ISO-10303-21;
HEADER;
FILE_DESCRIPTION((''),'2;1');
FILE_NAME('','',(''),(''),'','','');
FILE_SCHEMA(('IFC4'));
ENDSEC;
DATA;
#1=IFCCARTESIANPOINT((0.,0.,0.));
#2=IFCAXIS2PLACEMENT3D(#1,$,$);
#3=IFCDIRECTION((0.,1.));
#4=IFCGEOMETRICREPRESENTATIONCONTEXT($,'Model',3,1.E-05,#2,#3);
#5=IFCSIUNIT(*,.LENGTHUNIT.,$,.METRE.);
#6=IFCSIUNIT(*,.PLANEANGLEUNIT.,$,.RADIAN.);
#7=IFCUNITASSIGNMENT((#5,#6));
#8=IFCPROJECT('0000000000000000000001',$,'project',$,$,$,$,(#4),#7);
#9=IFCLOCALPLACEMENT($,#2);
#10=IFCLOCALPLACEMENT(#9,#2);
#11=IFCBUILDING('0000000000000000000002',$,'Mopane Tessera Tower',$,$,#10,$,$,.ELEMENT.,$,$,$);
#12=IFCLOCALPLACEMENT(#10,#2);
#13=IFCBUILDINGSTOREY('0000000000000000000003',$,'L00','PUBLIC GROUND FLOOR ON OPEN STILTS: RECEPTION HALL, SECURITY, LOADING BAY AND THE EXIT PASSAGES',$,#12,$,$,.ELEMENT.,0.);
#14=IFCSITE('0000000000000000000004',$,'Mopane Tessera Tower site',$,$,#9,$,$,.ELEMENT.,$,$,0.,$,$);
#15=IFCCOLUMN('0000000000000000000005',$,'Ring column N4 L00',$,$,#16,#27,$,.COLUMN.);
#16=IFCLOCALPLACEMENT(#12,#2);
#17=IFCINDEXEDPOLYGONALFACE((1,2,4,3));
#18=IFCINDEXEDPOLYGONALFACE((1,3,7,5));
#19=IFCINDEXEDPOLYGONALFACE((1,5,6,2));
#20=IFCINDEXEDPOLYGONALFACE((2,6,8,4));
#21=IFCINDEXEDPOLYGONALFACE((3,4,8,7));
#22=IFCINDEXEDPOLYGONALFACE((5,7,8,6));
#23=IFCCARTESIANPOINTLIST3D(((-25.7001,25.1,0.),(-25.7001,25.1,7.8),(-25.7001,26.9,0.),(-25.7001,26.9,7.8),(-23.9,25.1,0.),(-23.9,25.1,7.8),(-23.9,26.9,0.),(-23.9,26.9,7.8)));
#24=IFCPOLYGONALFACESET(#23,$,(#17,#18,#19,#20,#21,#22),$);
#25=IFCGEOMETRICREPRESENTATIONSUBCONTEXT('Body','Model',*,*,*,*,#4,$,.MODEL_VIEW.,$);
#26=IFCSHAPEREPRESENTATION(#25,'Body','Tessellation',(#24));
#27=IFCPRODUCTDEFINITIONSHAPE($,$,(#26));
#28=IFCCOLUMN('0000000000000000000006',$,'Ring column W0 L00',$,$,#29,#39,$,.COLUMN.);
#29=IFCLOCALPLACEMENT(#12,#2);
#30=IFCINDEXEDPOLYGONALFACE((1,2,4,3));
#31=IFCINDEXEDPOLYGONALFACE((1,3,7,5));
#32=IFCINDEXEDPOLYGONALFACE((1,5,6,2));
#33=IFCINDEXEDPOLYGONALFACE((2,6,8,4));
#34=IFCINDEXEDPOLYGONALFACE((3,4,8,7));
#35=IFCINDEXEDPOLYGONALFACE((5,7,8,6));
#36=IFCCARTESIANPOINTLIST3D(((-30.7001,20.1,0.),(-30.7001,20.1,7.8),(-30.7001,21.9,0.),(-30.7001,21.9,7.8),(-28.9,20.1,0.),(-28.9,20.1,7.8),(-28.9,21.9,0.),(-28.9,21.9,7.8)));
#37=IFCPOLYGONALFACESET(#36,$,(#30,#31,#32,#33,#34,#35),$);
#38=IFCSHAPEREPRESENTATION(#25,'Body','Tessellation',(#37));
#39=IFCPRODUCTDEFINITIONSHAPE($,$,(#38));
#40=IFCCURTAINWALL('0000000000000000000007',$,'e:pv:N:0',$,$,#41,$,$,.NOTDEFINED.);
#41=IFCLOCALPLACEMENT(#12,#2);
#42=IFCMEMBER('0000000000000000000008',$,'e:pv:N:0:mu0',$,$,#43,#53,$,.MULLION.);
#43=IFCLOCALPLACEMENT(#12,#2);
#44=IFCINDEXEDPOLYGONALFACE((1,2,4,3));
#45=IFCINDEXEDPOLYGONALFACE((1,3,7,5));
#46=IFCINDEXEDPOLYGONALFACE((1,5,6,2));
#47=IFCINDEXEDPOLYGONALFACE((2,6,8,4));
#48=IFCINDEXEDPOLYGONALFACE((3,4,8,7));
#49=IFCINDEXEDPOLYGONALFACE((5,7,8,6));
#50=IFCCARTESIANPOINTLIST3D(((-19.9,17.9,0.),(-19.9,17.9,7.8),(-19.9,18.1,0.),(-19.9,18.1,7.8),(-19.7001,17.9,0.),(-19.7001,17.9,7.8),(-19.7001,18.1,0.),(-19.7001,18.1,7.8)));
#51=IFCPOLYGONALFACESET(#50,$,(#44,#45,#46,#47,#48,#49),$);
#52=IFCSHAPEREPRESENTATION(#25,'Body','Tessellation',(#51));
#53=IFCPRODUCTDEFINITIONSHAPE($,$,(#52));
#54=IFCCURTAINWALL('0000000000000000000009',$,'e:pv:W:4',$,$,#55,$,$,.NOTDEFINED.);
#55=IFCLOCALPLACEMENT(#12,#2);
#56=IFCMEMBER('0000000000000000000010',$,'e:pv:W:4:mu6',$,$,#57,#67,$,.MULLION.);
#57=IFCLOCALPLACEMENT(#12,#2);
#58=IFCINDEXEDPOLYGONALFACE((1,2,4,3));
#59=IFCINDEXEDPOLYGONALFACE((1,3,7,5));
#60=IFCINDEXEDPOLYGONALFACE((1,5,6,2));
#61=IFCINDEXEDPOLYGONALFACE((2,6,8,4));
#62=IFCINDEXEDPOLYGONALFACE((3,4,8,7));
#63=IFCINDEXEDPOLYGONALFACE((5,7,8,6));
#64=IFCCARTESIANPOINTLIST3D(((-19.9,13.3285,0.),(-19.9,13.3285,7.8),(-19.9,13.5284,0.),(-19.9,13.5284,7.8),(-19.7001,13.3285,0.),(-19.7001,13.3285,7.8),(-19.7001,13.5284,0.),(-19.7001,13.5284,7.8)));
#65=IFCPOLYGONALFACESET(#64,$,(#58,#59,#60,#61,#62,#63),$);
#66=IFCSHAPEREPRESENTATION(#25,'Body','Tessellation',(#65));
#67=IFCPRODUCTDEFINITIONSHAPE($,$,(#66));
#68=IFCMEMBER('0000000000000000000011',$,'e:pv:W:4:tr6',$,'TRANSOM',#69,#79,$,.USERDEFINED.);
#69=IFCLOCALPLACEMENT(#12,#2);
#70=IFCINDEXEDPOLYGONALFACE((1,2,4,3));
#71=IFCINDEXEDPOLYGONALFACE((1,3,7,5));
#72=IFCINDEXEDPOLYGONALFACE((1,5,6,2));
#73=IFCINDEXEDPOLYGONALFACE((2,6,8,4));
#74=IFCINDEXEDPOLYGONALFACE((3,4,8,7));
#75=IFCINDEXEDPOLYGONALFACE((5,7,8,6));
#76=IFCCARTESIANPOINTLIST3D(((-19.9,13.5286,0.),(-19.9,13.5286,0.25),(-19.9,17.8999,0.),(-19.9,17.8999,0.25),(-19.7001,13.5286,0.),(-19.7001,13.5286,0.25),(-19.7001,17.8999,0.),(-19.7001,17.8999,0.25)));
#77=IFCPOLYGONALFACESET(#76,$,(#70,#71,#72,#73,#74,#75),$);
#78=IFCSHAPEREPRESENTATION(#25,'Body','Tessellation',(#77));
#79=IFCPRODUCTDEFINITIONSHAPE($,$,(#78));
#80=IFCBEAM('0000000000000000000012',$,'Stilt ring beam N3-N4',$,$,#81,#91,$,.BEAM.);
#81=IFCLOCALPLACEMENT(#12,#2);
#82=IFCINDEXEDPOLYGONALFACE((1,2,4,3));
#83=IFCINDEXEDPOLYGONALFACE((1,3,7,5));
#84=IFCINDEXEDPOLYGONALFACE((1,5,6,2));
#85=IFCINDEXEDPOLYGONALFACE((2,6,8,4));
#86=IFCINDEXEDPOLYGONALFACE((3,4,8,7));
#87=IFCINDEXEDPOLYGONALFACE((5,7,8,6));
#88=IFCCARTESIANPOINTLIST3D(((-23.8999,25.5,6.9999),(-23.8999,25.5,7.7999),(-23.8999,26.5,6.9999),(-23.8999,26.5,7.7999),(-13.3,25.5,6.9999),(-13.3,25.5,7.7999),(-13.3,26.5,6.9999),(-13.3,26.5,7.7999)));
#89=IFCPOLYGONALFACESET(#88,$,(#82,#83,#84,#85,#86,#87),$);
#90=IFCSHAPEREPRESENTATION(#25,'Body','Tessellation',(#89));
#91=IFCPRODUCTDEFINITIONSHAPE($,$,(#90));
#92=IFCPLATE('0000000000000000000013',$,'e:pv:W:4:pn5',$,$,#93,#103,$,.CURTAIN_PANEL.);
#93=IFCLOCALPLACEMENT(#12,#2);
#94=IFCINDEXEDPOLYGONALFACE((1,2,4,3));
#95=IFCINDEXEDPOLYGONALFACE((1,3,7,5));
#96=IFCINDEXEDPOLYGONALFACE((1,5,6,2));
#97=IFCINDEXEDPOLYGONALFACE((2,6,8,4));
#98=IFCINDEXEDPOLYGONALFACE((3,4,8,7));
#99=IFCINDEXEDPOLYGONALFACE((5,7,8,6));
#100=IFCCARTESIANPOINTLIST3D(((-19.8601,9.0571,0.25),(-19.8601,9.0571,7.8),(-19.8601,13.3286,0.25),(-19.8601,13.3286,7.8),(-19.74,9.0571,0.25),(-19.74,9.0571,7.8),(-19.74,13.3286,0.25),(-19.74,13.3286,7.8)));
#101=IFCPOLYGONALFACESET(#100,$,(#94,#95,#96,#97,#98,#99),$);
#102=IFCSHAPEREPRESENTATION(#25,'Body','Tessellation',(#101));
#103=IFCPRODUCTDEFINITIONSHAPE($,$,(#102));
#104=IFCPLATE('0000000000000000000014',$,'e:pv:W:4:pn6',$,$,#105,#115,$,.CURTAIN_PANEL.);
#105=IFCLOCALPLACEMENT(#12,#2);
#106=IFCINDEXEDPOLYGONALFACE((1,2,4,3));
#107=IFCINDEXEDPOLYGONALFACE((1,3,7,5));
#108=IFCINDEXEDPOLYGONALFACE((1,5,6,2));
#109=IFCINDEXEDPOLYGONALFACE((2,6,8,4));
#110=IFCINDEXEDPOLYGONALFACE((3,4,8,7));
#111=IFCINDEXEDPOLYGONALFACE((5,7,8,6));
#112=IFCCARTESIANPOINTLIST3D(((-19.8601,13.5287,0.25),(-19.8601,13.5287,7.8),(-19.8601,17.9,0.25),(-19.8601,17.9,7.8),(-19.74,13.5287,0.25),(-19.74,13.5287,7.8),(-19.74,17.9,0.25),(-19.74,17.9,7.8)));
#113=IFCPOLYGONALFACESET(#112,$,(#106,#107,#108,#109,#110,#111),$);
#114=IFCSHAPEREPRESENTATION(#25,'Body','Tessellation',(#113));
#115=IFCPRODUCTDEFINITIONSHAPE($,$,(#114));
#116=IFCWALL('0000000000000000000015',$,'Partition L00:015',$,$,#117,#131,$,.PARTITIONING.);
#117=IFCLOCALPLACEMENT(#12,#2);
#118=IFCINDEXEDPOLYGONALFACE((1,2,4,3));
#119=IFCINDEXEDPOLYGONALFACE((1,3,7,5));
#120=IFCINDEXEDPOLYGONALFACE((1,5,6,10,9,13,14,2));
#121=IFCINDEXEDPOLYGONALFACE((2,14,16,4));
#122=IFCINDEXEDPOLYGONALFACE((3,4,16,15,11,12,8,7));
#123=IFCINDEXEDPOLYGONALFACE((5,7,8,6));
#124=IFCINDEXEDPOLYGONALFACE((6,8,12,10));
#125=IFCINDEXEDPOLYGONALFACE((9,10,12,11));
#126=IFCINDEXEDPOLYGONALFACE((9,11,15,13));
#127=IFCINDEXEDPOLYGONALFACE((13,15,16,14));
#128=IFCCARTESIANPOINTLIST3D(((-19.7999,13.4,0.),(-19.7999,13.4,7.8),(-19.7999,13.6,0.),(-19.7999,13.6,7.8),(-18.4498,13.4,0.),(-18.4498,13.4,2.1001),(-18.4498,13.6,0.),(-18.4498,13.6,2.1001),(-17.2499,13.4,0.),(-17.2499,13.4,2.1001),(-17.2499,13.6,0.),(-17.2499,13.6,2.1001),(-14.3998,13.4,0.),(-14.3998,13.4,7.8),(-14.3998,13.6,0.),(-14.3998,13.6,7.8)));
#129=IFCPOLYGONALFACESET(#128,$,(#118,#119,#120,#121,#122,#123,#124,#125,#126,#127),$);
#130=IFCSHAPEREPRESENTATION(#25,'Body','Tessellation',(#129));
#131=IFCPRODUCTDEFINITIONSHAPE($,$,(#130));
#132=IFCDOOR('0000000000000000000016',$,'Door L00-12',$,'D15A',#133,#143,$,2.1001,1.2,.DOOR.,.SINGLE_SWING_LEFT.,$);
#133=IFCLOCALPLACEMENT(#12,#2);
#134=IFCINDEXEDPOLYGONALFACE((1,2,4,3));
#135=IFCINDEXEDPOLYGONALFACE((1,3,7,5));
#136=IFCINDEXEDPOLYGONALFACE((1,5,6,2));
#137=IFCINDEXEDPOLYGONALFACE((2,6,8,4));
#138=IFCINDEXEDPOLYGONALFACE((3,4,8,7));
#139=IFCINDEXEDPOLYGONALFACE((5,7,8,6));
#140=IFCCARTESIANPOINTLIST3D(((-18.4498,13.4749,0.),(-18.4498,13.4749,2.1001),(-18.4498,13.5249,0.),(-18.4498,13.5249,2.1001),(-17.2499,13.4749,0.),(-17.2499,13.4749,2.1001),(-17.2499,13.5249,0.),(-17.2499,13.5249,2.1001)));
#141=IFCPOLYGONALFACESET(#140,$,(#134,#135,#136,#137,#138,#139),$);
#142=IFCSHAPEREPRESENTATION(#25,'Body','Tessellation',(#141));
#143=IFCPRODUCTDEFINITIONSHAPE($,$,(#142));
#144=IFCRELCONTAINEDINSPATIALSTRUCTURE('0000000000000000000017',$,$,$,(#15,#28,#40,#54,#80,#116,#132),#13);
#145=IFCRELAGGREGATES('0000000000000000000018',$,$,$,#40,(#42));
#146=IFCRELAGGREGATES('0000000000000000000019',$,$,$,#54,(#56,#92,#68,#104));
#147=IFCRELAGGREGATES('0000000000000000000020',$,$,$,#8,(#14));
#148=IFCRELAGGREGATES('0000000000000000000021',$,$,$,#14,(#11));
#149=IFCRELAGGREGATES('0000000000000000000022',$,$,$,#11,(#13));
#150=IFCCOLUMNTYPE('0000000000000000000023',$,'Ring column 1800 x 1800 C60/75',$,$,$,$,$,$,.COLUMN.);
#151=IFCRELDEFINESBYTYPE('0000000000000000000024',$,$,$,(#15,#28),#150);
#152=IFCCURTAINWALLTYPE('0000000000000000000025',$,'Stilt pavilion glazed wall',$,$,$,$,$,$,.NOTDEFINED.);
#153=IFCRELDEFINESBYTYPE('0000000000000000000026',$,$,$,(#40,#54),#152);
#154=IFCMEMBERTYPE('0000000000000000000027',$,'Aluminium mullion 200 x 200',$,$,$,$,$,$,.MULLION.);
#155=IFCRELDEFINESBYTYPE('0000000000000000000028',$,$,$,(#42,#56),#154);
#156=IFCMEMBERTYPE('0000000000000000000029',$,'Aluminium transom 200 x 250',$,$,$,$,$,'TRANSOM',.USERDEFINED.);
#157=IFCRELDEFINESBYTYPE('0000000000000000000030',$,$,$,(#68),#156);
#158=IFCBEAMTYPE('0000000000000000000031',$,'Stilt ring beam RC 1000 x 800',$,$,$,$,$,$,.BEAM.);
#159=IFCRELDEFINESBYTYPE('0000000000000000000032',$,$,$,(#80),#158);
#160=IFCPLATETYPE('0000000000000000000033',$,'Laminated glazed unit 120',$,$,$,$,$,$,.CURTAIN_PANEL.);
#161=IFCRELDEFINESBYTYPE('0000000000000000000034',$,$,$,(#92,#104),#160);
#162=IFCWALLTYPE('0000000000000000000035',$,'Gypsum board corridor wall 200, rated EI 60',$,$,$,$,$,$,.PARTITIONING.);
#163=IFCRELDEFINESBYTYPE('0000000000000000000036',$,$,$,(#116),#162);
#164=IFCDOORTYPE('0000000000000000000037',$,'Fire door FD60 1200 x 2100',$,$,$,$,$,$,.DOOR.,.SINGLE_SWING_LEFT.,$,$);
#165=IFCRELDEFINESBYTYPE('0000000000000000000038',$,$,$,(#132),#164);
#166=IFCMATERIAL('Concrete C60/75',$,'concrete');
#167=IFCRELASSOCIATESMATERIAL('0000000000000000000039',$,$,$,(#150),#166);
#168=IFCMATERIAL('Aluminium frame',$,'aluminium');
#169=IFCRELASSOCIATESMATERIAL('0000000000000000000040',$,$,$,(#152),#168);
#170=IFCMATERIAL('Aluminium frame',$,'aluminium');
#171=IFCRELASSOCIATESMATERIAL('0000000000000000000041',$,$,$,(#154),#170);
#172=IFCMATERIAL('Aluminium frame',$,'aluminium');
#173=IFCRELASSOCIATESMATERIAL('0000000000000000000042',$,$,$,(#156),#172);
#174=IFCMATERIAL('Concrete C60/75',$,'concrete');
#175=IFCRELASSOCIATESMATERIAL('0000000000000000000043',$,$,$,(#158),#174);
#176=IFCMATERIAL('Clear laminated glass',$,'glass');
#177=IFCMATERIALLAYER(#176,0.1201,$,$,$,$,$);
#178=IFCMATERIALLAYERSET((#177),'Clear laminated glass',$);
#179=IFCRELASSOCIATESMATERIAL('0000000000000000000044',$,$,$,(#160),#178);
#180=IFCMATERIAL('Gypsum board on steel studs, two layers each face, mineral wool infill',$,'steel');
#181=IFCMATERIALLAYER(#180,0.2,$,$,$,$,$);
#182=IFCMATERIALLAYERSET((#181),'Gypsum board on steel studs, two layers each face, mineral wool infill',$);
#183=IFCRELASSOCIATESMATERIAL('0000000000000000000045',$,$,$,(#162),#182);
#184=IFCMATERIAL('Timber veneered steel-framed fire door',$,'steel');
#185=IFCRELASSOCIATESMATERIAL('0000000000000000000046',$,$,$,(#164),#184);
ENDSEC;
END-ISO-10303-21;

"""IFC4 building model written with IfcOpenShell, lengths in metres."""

from ifc_helpers import new_model, si_unit, direction, frame, frame_2d, origin, origin_2d, place, context, subcontext, project, spatial, rectangle, extrude, material, layer, layer_set, material_profile, profile_set, type_object, element, fill, aggregate, save


model = new_model("IFC4")

# Units and contexts
model_context = context("Model", 3, precision=1e-05, world=origin(), true_north=direction((0.0, 1.0)))
body_context = subcontext(model_context, "Body", "Model", "MODEL_VIEW")
ifc_project = project(units=[si_unit("LENGTHUNIT", "METRE"), si_unit("PLANEANGLEUNIT", "RADIAN")], contexts=[model_context])

# Site, building, storey
site_placement = place(None, origin())
site = spatial("IfcSite", under=ifc_project, at=site_placement, Name="Mopane Tessera Tower site", CompositionType="ELEMENT", RefElevation=0.0)
building_placement = place(site_placement, origin())
building = spatial("IfcBuilding", under=site, at=building_placement, Name="Mopane Tessera Tower", CompositionType="ELEMENT")
storey_placement = place(building_placement, origin())
storey = spatial("IfcBuildingStorey", under=building, at=storey_placement, Name="L00", Description="PUBLIC GROUND FLOOR ON OPEN STILTS: RECEPTION HALL, SECURITY, LOADING BAY AND THE EXIT PASSAGES", CompositionType="ELEMENT", Elevation=0.0)

# Columns
ifc_material_1 = material(Name="Concrete C60/75", Category="concrete")
ifc_material_profile_1 = material_profile(ifc_material_1, rectangle(XDim=1.8, YDim=1.8, at=origin_2d()))
ifc_profile_set_1 = profile_set([ifc_material_profile_1], Name="Concrete C60/75")
column_type = type_object("IfcColumnType", Name="Ring column 1800 x 1800 C60/75", PredefinedType="COLUMN", material=ifc_profile_set_1)
for number, where, z_axis, x_axis, name in (
    (1, (-24.8, 26.0, 0.0), (0.0, 0.0, 1.0), (1.0, 0.0, 0.0), "Ring column N4 L00"),
    (2, (-29.8, 21.0, 0.0), (0.0, 0.0, 1.0), (1.0, 0.0, 0.0), "Ring column W0 L00"),
):
    element("IfcColumn", number, at=place(storey_placement, frame(where, z_axis=z_axis, x_axis=x_axis)), inside=storey, type_object=column_type, Name=name, PredefinedType="COLUMN", context=body_context, shape_type="SweptSolid", body=[
        extrude(rectangle(XDim=1.8, YDim=1.8, at=origin_2d()), origin(), (0.0, 0.0, 1.0), 7.8),
    ])

# Curtain wall, member
ifc_material_2 = material(Name="Aluminium frame", Category="aluminium")
curtain_wall_type = type_object("IfcCurtainWallType", Name="Stilt pavilion glazed wall", PredefinedType="NOTDEFINED", material=ifc_material_2)
curtain_wall_1_placement = place(storey_placement, origin())
curtain_wall_1 = element("IfcCurtainWall", 3, at=curtain_wall_1_placement, inside=storey, type_object=curtain_wall_type, Name="e:pv:N:0", PredefinedType="NOTDEFINED")
ifc_material_3 = material(Name="Aluminium frame", Category="aluminium")
ifc_material_profile_2 = material_profile(ifc_material_3, rectangle(XDim=0.2, YDim=0.2, at=origin_2d()))
ifc_profile_set_2 = profile_set([ifc_material_profile_2], Name="Aluminium frame")
member_type_1 = type_object("IfcMemberType", Name="Aluminium mullion 200 x 200", PredefinedType="MULLION", material=ifc_profile_set_2)
member_1_placement = place(storey_placement, frame((-19.8, 18.0, 0.0), z_axis=(0.0, 0.0, 1.0), x_axis=(1.0, 0.0, 0.0)))
member_1 = element("IfcMember", 4, at=member_1_placement, type_object=member_type_1, Name="e:pv:N:0:mu0", PredefinedType="MULLION", context=body_context, shape_type="SweptSolid", body=[
    extrude(rectangle(XDim=0.2, YDim=0.2, at=origin_2d()), origin(), (0.0, 0.0, 1.0), 7.8),
])
aggregate(curtain_wall_1, [member_1])

# Curtain wall, members
curtain_wall_2_placement = place(storey_placement, origin())
curtain_wall_2 = element("IfcCurtainWall", 5, at=curtain_wall_2_placement, inside=storey, type_object=curtain_wall_type, Name="e:pv:W:4", PredefinedType="NOTDEFINED")
member_2_placement = place(storey_placement, frame((-19.8, 13.4285, 0.0), z_axis=(0.0, 0.0, 1.0), x_axis=(0.0, 1.0, 0.0)))
member_2 = element("IfcMember", 6, at=member_2_placement, type_object=member_type_1, Name="e:pv:W:4:mu6", PredefinedType="MULLION", context=body_context, shape_type="SweptSolid", body=[
    extrude(rectangle(XDim=0.2, YDim=0.2, at=origin_2d()), origin(), (0.0, 0.0, 1.0), 7.8),
])
ifc_material_4 = material(Name="Aluminium frame", Category="aluminium")
ifc_material_profile_3 = material_profile(ifc_material_4, rectangle(XDim=0.2, YDim=0.25, at=origin_2d()))
ifc_profile_set_3 = profile_set([ifc_material_profile_3], Name="Aluminium frame")
member_type_2 = type_object("IfcMemberType", Name="Aluminium transom 200 x 250", ElementType="TRANSOM", PredefinedType="USERDEFINED", material=ifc_profile_set_3)
member_3_placement = place(storey_placement, frame((-19.8, 13.5286, 0.125), z_axis=(0.0, 1.0, 0.0), x_axis=(-1.0, 0.0, 0.0)))
member_3 = element("IfcMember", 7, at=member_3_placement, type_object=member_type_2, Name="e:pv:W:4:tr6", ObjectType="TRANSOM", PredefinedType="USERDEFINED", context=body_context, shape_type="SweptSolid", body=[
    extrude(rectangle(XDim=0.2, YDim=0.25, at=origin_2d()), origin(), (0.0, 0.0, 1.0), 4.3713),
])

# Beam
ifc_material_5 = material(Name="Concrete C60/75", Category="concrete")
ifc_material_profile_4 = material_profile(ifc_material_5, rectangle(XDim=1.0, YDim=0.8, at=origin_2d()))
ifc_profile_set_4 = profile_set([ifc_material_profile_4], Name="Concrete C60/75")
beam_type = type_object("IfcBeamType", Name="Stilt ring beam RC 1000 x 800", PredefinedType="BEAM", material=ifc_profile_set_4)
beam_placement = place(storey_placement, frame((-23.8999, 26.0, 7.3999), z_axis=(1.0, 0.0, 0.0), x_axis=(0.0, 1.0, 0.0)))
element("IfcBeam", 8, at=beam_placement, inside=storey, type_object=beam_type, Name="Stilt ring beam N3-N4", PredefinedType="BEAM", context=body_context, shape_type="SweptSolid", body=[
    extrude(rectangle(XDim=1.0, YDim=0.8, at=origin_2d()), origin(), (0.0, 0.0, 1.0), 10.5999),
])

# Plates
ifc_material_6 = material(Name="Clear laminated glass", Category="glass")
ifc_layer_1 = layer(ifc_material_6, 0.1201)
ifc_layer_set_1 = layer_set([ifc_layer_1], Name="Clear laminated glass")
plate_type = type_object("IfcPlateType", Name="Laminated glazed unit 120", PredefinedType="CURTAIN_PANEL", material=ifc_layer_set_1)
plate_1_placement = place(storey_placement, frame((-19.8, 11.1929, 0.25), z_axis=(0.0, 0.0, 1.0), x_axis=(0.0, 1.0, 0.0)))
plate_1 = element("IfcPlate", 9, at=plate_1_placement, type_object=plate_type, Name="e:pv:W:4:pn5", PredefinedType="CURTAIN_PANEL", context=body_context, shape_type="SweptSolid", body=[
    extrude(rectangle(XDim=4.2715, YDim=0.1201, at=origin_2d()), origin(), (0.0, 0.0, 1.0), 7.55),
])
plate_2_placement = place(storey_placement, frame((-19.8, 15.7144, 0.25), z_axis=(0.0, 0.0, 1.0), x_axis=(0.0, 1.0, 0.0)))
plate_2 = element("IfcPlate", 10, at=plate_2_placement, type_object=plate_type, Name="e:pv:W:4:pn6", PredefinedType="CURTAIN_PANEL", context=body_context, shape_type="SweptSolid", body=[
    extrude(rectangle(XDim=4.3713, YDim=0.1201, at=origin_2d()), origin(), (0.0, 0.0, 1.0), 7.55),
])
aggregate(curtain_wall_2, [member_2, plate_1, member_3, plate_2])

# Wall, opening, door
ifc_material_7 = material(Name="Gypsum board on steel studs, two layers each face, mineral wool infill", Category="steel")
ifc_layer_2 = layer(ifc_material_7, 0.2)
ifc_layer_set_2 = layer_set([ifc_layer_2], Name="Gypsum board on steel studs, two layers each face, mineral wool infill")
wall_type = type_object("IfcWallType", Name="Gypsum board corridor wall 200, rated EI 60", PredefinedType="PARTITIONING", material=ifc_layer_set_2)
wall_placement = place(storey_placement, frame((-19.8, 13.5, 0.0), z_axis=(0.0, 0.0, 1.0), x_axis=(1.0, 0.0, 0.0)))
wall = element("IfcWall", 11, at=wall_placement, inside=storey, type_object=wall_type, Name="Partition L00:015", PredefinedType="PARTITIONING", context=body_context, shape_type="SweptSolid", body=[
    extrude(rectangle(XDim=5.4001, YDim=0.2, at=frame_2d((2.7002, 0.0))), origin(), (0.0, 0.0, 1.0), 7.8),
])
opening_placement = place(wall_placement, frame((1.3501, 0.0, 0.0)))
opening = element("IfcOpeningElement", 12, at=opening_placement, cuts=wall, PredefinedType="OPENING", context=body_context, shape_type="SweptSolid", body=[
    extrude(rectangle(XDim=1.2, YDim=2.1001, at=frame_2d((0.6001, 1.05))), frame((0.0, 0.1121, 0.0), z_axis=(0.0, -1.0, 0.0), x_axis=(1.0, 0.0, 0.0)), (0.0, 0.0, 1.0), 0.2239),
])
ifc_material_8 = material(Name="Timber veneered steel-framed fire door", Category="steel")
door_type = type_object("IfcDoorType", Name="Fire door FD60 1200 x 2100", OperationType="SINGLE_SWING_LEFT", PredefinedType="DOOR", material=ifc_material_8)
door_placement = place(opening_placement, origin())
door = element("IfcDoor", 13, at=door_placement, inside=storey, type_object=door_type, Name="Door L00-12", ObjectType="D15A", OperationType="SINGLE_SWING_LEFT", OverallHeight=2.1001, OverallWidth=1.2, PredefinedType="DOOR", context=body_context, shape_type="SweptSolid", body=[
    extrude(rectangle(XDim=1.2, YDim=2.1001, at=frame_2d((0.6001, 1.05))), frame((0.0, 0.0249, 0.0), z_axis=(0.0, -1.0, 0.0), x_axis=(1.0, 0.0, 0.0)), (0.0, 0.0, 1.0), 0.05),
])
fill(opening, door)

save(model, "model.ifc")
